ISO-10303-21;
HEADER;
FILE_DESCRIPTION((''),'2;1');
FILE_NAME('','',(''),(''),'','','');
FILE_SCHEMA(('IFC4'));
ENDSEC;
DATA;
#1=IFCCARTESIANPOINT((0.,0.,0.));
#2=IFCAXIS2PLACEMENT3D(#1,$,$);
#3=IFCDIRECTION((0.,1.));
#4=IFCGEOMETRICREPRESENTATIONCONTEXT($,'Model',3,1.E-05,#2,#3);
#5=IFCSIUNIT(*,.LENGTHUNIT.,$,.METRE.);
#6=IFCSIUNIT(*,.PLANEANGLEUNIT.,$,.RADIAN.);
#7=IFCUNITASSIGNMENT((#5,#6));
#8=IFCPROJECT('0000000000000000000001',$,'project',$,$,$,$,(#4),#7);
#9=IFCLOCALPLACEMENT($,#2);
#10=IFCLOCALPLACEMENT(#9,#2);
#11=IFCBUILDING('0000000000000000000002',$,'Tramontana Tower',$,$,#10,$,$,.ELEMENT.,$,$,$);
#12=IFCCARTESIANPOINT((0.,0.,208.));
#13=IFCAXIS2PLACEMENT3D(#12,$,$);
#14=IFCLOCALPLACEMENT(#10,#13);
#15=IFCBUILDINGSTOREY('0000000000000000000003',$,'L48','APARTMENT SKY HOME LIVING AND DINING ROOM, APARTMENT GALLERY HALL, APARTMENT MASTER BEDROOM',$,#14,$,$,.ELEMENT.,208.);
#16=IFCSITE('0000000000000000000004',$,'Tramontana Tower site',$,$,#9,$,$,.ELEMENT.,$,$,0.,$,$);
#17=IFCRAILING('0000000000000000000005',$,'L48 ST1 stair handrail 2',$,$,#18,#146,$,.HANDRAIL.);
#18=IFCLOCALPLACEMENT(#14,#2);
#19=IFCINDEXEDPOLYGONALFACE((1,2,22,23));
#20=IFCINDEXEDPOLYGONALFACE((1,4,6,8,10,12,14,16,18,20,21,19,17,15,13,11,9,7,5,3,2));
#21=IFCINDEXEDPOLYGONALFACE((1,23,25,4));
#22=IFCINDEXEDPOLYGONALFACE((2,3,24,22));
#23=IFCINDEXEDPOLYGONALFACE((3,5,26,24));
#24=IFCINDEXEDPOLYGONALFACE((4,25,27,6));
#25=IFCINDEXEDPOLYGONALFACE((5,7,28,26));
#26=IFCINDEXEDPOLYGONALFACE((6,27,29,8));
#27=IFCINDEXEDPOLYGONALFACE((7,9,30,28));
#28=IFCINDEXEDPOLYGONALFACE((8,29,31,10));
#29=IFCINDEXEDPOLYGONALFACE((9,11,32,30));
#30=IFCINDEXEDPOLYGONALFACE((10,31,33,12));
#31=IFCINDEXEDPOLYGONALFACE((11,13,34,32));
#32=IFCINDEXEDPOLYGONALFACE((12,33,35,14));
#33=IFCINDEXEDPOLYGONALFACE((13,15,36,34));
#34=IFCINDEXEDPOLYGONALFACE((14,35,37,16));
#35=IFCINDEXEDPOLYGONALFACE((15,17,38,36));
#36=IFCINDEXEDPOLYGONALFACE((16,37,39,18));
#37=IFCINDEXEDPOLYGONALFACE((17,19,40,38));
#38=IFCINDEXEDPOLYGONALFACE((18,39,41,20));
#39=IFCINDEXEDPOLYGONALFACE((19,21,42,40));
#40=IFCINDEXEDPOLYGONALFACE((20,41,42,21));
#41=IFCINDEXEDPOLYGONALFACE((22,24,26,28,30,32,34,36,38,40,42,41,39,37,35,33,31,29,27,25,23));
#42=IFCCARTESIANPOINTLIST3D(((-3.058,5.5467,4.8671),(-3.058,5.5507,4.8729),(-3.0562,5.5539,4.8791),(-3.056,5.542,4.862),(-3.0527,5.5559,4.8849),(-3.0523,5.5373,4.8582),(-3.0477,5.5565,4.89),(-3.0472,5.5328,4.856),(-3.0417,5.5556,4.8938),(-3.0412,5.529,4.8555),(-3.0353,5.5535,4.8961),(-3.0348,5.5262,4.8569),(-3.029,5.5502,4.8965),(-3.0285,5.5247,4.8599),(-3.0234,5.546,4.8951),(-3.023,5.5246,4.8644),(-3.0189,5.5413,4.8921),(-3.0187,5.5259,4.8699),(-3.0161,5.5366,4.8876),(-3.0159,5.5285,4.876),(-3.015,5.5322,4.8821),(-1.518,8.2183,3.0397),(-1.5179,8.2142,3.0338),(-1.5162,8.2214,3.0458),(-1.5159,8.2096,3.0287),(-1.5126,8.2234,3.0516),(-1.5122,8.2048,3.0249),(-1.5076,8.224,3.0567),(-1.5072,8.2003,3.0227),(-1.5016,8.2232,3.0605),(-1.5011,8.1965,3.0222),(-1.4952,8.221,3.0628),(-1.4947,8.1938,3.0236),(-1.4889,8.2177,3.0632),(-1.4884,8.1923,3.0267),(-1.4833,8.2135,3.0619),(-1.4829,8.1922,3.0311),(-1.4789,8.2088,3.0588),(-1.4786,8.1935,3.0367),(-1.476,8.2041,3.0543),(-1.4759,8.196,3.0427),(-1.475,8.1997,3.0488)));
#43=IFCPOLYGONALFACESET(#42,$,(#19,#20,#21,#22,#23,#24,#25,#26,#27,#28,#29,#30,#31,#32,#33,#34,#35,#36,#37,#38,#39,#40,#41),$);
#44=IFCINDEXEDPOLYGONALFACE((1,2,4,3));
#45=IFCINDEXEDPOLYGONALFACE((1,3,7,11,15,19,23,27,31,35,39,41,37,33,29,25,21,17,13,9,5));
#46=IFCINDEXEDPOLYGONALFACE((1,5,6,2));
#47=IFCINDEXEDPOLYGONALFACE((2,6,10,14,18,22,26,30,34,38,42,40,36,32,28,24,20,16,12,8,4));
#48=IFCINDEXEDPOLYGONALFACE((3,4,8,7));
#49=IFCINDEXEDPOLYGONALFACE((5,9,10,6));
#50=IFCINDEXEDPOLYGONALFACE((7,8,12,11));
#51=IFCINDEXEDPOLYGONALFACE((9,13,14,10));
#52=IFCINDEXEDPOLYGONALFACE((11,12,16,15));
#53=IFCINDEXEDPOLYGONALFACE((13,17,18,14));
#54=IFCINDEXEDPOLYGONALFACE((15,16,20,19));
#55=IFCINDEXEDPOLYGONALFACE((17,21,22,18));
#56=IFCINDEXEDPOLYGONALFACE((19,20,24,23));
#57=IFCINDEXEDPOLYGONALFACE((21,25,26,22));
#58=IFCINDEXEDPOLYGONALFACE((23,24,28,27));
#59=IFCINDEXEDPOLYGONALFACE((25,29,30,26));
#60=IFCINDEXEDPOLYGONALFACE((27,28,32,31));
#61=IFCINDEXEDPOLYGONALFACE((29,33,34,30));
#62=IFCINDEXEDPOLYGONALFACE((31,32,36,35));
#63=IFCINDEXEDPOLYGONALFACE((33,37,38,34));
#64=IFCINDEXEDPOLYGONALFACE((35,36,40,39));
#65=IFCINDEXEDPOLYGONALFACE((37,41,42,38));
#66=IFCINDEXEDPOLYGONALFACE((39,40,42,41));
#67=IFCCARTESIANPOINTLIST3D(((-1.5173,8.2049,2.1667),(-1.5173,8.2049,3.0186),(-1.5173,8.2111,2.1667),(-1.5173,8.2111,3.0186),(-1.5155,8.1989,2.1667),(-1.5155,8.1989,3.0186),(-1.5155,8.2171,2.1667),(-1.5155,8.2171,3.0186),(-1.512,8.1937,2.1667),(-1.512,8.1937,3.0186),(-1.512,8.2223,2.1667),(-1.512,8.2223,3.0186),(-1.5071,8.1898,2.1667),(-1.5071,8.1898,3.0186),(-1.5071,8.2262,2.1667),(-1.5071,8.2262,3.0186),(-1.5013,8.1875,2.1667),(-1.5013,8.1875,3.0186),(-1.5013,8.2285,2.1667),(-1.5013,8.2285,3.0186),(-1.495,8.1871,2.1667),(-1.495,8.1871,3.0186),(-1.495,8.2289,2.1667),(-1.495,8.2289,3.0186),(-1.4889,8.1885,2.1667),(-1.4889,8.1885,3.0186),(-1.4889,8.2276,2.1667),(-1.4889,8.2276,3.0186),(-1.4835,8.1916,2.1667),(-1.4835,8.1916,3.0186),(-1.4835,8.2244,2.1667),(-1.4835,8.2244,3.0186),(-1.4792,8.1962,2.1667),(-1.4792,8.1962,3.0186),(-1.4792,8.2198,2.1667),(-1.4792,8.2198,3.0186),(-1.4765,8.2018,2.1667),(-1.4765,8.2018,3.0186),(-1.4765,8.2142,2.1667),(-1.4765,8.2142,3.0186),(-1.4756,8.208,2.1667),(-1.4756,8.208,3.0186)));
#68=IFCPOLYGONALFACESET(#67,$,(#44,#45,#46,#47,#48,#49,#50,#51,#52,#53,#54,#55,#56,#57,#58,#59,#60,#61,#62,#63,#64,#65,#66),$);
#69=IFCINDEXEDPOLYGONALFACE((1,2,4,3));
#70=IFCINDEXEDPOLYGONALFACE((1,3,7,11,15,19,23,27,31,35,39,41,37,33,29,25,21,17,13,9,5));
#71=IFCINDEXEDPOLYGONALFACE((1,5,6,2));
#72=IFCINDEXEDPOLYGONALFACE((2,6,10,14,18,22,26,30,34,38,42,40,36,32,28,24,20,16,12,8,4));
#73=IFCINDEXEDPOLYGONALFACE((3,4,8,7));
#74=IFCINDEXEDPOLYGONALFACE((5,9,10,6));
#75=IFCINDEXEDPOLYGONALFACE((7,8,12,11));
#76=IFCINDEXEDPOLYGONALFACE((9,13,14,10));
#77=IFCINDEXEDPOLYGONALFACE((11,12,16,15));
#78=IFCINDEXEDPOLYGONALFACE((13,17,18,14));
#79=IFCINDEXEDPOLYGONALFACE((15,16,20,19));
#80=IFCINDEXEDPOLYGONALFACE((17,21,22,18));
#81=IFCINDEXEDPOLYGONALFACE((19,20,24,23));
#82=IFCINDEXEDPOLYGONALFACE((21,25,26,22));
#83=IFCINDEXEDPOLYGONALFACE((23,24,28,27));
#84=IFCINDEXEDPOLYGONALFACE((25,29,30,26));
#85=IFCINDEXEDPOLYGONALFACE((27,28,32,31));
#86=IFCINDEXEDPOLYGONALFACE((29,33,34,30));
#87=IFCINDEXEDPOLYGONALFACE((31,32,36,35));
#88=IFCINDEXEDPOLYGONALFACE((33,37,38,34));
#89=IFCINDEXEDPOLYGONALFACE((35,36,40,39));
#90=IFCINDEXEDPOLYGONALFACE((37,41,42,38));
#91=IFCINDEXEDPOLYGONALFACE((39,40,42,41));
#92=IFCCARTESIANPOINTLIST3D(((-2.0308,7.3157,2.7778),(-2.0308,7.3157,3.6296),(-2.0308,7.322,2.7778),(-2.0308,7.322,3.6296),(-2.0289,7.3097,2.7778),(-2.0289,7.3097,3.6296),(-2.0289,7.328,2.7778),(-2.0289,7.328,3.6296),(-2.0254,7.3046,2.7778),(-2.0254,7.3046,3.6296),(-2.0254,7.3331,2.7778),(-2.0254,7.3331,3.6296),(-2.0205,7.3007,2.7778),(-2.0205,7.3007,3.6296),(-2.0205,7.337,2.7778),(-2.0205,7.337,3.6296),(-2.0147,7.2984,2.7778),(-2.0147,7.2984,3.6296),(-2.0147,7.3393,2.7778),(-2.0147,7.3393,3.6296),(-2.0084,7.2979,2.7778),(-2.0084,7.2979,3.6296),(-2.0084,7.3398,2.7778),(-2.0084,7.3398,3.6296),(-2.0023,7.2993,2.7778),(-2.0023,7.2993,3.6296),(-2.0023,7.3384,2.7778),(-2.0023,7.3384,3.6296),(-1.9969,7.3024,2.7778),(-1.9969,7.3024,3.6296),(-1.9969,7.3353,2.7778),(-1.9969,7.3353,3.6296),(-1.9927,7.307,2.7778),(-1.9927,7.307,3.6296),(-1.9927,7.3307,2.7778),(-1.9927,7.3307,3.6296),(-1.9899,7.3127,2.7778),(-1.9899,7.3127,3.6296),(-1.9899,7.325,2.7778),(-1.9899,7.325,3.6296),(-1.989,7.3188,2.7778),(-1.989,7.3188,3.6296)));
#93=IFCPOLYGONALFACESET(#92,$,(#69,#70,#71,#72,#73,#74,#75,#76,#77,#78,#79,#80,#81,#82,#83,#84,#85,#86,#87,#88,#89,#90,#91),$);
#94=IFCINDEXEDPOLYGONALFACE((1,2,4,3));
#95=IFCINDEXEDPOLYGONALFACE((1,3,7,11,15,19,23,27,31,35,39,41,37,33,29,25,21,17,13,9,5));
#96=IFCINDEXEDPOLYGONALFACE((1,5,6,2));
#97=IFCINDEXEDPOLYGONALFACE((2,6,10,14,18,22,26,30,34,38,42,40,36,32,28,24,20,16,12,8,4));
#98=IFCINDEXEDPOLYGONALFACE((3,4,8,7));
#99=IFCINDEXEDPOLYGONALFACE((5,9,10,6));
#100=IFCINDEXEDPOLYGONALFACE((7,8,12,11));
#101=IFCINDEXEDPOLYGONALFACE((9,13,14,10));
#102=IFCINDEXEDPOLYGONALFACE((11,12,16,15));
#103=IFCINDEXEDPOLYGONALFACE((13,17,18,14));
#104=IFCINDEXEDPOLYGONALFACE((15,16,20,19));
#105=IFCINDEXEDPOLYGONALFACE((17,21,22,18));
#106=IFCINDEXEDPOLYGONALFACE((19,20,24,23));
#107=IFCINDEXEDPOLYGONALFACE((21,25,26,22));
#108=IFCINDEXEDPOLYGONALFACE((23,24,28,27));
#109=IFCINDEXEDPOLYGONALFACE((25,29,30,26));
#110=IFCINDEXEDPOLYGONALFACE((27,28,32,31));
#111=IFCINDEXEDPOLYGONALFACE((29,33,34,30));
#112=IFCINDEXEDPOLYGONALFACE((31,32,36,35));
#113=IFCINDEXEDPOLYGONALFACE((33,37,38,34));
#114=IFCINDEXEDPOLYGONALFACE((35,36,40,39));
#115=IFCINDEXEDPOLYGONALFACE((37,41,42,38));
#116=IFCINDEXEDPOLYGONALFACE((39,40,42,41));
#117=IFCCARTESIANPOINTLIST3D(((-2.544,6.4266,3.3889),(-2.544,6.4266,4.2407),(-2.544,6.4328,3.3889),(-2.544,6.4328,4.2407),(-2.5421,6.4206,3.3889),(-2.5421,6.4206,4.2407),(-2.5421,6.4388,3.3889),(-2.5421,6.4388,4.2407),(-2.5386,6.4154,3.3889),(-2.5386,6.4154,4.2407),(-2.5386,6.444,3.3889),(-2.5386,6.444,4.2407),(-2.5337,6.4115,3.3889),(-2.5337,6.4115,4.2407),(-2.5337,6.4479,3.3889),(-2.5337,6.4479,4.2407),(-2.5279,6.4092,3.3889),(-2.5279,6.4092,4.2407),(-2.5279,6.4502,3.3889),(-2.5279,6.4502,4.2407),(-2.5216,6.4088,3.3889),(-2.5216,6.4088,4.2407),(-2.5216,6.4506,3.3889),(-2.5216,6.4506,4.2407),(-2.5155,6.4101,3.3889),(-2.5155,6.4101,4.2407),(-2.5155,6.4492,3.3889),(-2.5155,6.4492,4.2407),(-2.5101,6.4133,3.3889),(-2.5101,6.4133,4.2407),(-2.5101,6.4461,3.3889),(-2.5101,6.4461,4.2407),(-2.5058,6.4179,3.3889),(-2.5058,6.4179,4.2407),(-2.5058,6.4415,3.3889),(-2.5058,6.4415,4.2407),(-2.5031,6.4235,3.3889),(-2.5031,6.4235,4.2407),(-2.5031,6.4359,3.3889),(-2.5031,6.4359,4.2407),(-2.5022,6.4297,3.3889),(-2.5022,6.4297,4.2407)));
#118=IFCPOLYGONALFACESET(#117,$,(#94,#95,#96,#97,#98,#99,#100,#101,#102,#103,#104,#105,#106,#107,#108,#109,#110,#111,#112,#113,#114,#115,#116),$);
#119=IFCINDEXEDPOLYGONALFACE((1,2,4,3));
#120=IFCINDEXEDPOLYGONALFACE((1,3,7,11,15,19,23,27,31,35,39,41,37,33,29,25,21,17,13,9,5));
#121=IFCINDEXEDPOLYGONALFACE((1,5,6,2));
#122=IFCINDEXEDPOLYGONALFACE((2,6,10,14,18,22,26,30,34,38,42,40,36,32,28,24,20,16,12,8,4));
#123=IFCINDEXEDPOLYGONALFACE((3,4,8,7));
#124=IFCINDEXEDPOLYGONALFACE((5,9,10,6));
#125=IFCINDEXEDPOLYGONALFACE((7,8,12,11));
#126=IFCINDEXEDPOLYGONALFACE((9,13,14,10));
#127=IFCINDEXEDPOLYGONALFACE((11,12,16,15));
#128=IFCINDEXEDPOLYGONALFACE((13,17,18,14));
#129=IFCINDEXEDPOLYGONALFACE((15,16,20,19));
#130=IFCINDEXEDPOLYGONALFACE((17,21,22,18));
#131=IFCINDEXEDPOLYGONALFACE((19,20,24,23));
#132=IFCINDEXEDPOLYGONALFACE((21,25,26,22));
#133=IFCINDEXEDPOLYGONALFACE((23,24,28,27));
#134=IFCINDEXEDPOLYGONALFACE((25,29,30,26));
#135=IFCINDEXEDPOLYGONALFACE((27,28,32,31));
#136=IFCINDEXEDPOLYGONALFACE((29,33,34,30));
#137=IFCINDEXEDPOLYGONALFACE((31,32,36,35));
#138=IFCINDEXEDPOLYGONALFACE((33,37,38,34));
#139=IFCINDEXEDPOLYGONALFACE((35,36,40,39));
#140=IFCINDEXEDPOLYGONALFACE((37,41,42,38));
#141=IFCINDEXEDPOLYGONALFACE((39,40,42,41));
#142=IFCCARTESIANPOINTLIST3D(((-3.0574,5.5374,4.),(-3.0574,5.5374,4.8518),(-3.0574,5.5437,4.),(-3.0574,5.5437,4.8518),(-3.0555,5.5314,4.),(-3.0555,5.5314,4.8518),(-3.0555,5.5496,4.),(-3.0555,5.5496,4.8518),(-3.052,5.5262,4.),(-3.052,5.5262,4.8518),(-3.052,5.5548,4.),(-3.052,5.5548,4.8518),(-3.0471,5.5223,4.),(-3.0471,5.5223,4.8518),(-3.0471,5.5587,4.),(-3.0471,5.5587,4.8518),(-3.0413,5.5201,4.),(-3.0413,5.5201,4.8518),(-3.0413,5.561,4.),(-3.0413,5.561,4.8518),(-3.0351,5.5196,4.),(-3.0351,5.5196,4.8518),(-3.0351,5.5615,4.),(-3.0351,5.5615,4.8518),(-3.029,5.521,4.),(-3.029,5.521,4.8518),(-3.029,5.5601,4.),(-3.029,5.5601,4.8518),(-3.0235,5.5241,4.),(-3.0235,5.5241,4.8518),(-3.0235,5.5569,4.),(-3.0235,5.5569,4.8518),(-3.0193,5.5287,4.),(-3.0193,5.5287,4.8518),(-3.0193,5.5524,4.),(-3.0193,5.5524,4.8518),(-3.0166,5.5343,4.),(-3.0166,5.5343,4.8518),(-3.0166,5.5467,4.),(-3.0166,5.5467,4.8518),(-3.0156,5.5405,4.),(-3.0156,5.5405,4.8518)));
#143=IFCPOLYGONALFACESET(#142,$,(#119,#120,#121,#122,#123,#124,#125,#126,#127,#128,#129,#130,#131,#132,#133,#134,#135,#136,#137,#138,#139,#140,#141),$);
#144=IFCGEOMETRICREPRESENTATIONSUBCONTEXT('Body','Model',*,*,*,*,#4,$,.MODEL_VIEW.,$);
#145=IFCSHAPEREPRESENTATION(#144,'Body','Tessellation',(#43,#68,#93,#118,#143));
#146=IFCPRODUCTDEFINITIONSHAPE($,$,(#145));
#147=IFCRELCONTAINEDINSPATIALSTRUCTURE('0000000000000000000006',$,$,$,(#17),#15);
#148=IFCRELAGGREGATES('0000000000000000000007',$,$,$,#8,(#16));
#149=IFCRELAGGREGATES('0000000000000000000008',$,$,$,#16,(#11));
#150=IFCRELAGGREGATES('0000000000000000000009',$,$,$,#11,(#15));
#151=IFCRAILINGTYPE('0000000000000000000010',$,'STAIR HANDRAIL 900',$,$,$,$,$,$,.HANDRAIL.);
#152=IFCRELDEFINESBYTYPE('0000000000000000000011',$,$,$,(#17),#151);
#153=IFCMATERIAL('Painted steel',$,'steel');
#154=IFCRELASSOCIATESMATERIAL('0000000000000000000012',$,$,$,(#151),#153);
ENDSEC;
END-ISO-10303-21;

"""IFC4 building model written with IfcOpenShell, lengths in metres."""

from ifc_helpers import new_model, si_unit, direction, frame, origin, origin_2d, place, context, subcontext, project, spatial, circle, extrude, material, type_object, element, save


model = new_model("IFC4")

# Units and contexts
model_context = context("Model", 3, precision=1e-05, world=origin(), true_north=direction((0.0, 1.0)))
body_context = subcontext(model_context, "Body", "Model", "MODEL_VIEW")
ifc_project = project(units=[si_unit("LENGTHUNIT", "METRE"), si_unit("PLANEANGLEUNIT", "RADIAN")], contexts=[model_context])

# Site, building, storey
site_placement = place(None, origin())
site = spatial("IfcSite", under=ifc_project, at=site_placement, Name="Tramontana Tower site", CompositionType="ELEMENT", RefElevation=0.0)
building_placement = place(site_placement, origin())
building = spatial("IfcBuilding", under=site, at=building_placement, Name="Tramontana Tower", CompositionType="ELEMENT")
storey_placement = place(building_placement, frame((0.0, 0.0, 208.0)))
storey = spatial("IfcBuildingStorey", under=building, at=storey_placement, Name="L48", Description="APARTMENT SKY HOME LIVING AND DINING ROOM, APARTMENT GALLERY HALL, APARTMENT MASTER BEDROOM", CompositionType="ELEMENT", Elevation=208.0)

# Railing
ifc_material_1 = material(Name="Painted steel", Category="steel")
railing_type_1 = type_object("IfcRailingType", Name="STAIR HANDRAIL 900", PredefinedType="HANDRAIL", material=ifc_material_1)
railing_1_placement = place(storey_placement, frame((-1.4966, 8.208, 2.1667)))
element("IfcRailing", 1, at=railing_1_placement, inside=storey, type_object=railing_type_1, Name="L48 ST1 stair handrail 2", PredefinedType="HANDRAIL", context=body_context, shape_type="SweptSolid", body=[
    extrude(circle(Radius=0.0239, at=origin_2d()), frame((0.0, 0.0, 0.876), z_axis=(-0.429649, -0.74419, 0.511452), x_axis=(0.86603, -0.499992, 0.0)), (0.0, 0.0, 1.0), 3.5845),
    extrude(circle(Radius=0.021, at=origin_2d()), origin(), (0.0, 0.0, 1.0), 0.8518),
    extrude(circle(Radius=0.021, at=origin_2d()), frame((-0.5134, -0.8892, 0.6111)), (0.0, 0.0, 1.0), 0.8518),
    extrude(circle(Radius=0.021, at=origin_2d()), frame((-1.0266, -1.7783, 1.2222)), (0.0, 0.0, 1.0), 0.8518),
    extrude(circle(Radius=0.021, at=origin_2d()), frame((-1.54, -2.6675, 1.8333)), (0.0, 0.0, 1.0), 0.8518),
])

save(model, "model.ifc")
